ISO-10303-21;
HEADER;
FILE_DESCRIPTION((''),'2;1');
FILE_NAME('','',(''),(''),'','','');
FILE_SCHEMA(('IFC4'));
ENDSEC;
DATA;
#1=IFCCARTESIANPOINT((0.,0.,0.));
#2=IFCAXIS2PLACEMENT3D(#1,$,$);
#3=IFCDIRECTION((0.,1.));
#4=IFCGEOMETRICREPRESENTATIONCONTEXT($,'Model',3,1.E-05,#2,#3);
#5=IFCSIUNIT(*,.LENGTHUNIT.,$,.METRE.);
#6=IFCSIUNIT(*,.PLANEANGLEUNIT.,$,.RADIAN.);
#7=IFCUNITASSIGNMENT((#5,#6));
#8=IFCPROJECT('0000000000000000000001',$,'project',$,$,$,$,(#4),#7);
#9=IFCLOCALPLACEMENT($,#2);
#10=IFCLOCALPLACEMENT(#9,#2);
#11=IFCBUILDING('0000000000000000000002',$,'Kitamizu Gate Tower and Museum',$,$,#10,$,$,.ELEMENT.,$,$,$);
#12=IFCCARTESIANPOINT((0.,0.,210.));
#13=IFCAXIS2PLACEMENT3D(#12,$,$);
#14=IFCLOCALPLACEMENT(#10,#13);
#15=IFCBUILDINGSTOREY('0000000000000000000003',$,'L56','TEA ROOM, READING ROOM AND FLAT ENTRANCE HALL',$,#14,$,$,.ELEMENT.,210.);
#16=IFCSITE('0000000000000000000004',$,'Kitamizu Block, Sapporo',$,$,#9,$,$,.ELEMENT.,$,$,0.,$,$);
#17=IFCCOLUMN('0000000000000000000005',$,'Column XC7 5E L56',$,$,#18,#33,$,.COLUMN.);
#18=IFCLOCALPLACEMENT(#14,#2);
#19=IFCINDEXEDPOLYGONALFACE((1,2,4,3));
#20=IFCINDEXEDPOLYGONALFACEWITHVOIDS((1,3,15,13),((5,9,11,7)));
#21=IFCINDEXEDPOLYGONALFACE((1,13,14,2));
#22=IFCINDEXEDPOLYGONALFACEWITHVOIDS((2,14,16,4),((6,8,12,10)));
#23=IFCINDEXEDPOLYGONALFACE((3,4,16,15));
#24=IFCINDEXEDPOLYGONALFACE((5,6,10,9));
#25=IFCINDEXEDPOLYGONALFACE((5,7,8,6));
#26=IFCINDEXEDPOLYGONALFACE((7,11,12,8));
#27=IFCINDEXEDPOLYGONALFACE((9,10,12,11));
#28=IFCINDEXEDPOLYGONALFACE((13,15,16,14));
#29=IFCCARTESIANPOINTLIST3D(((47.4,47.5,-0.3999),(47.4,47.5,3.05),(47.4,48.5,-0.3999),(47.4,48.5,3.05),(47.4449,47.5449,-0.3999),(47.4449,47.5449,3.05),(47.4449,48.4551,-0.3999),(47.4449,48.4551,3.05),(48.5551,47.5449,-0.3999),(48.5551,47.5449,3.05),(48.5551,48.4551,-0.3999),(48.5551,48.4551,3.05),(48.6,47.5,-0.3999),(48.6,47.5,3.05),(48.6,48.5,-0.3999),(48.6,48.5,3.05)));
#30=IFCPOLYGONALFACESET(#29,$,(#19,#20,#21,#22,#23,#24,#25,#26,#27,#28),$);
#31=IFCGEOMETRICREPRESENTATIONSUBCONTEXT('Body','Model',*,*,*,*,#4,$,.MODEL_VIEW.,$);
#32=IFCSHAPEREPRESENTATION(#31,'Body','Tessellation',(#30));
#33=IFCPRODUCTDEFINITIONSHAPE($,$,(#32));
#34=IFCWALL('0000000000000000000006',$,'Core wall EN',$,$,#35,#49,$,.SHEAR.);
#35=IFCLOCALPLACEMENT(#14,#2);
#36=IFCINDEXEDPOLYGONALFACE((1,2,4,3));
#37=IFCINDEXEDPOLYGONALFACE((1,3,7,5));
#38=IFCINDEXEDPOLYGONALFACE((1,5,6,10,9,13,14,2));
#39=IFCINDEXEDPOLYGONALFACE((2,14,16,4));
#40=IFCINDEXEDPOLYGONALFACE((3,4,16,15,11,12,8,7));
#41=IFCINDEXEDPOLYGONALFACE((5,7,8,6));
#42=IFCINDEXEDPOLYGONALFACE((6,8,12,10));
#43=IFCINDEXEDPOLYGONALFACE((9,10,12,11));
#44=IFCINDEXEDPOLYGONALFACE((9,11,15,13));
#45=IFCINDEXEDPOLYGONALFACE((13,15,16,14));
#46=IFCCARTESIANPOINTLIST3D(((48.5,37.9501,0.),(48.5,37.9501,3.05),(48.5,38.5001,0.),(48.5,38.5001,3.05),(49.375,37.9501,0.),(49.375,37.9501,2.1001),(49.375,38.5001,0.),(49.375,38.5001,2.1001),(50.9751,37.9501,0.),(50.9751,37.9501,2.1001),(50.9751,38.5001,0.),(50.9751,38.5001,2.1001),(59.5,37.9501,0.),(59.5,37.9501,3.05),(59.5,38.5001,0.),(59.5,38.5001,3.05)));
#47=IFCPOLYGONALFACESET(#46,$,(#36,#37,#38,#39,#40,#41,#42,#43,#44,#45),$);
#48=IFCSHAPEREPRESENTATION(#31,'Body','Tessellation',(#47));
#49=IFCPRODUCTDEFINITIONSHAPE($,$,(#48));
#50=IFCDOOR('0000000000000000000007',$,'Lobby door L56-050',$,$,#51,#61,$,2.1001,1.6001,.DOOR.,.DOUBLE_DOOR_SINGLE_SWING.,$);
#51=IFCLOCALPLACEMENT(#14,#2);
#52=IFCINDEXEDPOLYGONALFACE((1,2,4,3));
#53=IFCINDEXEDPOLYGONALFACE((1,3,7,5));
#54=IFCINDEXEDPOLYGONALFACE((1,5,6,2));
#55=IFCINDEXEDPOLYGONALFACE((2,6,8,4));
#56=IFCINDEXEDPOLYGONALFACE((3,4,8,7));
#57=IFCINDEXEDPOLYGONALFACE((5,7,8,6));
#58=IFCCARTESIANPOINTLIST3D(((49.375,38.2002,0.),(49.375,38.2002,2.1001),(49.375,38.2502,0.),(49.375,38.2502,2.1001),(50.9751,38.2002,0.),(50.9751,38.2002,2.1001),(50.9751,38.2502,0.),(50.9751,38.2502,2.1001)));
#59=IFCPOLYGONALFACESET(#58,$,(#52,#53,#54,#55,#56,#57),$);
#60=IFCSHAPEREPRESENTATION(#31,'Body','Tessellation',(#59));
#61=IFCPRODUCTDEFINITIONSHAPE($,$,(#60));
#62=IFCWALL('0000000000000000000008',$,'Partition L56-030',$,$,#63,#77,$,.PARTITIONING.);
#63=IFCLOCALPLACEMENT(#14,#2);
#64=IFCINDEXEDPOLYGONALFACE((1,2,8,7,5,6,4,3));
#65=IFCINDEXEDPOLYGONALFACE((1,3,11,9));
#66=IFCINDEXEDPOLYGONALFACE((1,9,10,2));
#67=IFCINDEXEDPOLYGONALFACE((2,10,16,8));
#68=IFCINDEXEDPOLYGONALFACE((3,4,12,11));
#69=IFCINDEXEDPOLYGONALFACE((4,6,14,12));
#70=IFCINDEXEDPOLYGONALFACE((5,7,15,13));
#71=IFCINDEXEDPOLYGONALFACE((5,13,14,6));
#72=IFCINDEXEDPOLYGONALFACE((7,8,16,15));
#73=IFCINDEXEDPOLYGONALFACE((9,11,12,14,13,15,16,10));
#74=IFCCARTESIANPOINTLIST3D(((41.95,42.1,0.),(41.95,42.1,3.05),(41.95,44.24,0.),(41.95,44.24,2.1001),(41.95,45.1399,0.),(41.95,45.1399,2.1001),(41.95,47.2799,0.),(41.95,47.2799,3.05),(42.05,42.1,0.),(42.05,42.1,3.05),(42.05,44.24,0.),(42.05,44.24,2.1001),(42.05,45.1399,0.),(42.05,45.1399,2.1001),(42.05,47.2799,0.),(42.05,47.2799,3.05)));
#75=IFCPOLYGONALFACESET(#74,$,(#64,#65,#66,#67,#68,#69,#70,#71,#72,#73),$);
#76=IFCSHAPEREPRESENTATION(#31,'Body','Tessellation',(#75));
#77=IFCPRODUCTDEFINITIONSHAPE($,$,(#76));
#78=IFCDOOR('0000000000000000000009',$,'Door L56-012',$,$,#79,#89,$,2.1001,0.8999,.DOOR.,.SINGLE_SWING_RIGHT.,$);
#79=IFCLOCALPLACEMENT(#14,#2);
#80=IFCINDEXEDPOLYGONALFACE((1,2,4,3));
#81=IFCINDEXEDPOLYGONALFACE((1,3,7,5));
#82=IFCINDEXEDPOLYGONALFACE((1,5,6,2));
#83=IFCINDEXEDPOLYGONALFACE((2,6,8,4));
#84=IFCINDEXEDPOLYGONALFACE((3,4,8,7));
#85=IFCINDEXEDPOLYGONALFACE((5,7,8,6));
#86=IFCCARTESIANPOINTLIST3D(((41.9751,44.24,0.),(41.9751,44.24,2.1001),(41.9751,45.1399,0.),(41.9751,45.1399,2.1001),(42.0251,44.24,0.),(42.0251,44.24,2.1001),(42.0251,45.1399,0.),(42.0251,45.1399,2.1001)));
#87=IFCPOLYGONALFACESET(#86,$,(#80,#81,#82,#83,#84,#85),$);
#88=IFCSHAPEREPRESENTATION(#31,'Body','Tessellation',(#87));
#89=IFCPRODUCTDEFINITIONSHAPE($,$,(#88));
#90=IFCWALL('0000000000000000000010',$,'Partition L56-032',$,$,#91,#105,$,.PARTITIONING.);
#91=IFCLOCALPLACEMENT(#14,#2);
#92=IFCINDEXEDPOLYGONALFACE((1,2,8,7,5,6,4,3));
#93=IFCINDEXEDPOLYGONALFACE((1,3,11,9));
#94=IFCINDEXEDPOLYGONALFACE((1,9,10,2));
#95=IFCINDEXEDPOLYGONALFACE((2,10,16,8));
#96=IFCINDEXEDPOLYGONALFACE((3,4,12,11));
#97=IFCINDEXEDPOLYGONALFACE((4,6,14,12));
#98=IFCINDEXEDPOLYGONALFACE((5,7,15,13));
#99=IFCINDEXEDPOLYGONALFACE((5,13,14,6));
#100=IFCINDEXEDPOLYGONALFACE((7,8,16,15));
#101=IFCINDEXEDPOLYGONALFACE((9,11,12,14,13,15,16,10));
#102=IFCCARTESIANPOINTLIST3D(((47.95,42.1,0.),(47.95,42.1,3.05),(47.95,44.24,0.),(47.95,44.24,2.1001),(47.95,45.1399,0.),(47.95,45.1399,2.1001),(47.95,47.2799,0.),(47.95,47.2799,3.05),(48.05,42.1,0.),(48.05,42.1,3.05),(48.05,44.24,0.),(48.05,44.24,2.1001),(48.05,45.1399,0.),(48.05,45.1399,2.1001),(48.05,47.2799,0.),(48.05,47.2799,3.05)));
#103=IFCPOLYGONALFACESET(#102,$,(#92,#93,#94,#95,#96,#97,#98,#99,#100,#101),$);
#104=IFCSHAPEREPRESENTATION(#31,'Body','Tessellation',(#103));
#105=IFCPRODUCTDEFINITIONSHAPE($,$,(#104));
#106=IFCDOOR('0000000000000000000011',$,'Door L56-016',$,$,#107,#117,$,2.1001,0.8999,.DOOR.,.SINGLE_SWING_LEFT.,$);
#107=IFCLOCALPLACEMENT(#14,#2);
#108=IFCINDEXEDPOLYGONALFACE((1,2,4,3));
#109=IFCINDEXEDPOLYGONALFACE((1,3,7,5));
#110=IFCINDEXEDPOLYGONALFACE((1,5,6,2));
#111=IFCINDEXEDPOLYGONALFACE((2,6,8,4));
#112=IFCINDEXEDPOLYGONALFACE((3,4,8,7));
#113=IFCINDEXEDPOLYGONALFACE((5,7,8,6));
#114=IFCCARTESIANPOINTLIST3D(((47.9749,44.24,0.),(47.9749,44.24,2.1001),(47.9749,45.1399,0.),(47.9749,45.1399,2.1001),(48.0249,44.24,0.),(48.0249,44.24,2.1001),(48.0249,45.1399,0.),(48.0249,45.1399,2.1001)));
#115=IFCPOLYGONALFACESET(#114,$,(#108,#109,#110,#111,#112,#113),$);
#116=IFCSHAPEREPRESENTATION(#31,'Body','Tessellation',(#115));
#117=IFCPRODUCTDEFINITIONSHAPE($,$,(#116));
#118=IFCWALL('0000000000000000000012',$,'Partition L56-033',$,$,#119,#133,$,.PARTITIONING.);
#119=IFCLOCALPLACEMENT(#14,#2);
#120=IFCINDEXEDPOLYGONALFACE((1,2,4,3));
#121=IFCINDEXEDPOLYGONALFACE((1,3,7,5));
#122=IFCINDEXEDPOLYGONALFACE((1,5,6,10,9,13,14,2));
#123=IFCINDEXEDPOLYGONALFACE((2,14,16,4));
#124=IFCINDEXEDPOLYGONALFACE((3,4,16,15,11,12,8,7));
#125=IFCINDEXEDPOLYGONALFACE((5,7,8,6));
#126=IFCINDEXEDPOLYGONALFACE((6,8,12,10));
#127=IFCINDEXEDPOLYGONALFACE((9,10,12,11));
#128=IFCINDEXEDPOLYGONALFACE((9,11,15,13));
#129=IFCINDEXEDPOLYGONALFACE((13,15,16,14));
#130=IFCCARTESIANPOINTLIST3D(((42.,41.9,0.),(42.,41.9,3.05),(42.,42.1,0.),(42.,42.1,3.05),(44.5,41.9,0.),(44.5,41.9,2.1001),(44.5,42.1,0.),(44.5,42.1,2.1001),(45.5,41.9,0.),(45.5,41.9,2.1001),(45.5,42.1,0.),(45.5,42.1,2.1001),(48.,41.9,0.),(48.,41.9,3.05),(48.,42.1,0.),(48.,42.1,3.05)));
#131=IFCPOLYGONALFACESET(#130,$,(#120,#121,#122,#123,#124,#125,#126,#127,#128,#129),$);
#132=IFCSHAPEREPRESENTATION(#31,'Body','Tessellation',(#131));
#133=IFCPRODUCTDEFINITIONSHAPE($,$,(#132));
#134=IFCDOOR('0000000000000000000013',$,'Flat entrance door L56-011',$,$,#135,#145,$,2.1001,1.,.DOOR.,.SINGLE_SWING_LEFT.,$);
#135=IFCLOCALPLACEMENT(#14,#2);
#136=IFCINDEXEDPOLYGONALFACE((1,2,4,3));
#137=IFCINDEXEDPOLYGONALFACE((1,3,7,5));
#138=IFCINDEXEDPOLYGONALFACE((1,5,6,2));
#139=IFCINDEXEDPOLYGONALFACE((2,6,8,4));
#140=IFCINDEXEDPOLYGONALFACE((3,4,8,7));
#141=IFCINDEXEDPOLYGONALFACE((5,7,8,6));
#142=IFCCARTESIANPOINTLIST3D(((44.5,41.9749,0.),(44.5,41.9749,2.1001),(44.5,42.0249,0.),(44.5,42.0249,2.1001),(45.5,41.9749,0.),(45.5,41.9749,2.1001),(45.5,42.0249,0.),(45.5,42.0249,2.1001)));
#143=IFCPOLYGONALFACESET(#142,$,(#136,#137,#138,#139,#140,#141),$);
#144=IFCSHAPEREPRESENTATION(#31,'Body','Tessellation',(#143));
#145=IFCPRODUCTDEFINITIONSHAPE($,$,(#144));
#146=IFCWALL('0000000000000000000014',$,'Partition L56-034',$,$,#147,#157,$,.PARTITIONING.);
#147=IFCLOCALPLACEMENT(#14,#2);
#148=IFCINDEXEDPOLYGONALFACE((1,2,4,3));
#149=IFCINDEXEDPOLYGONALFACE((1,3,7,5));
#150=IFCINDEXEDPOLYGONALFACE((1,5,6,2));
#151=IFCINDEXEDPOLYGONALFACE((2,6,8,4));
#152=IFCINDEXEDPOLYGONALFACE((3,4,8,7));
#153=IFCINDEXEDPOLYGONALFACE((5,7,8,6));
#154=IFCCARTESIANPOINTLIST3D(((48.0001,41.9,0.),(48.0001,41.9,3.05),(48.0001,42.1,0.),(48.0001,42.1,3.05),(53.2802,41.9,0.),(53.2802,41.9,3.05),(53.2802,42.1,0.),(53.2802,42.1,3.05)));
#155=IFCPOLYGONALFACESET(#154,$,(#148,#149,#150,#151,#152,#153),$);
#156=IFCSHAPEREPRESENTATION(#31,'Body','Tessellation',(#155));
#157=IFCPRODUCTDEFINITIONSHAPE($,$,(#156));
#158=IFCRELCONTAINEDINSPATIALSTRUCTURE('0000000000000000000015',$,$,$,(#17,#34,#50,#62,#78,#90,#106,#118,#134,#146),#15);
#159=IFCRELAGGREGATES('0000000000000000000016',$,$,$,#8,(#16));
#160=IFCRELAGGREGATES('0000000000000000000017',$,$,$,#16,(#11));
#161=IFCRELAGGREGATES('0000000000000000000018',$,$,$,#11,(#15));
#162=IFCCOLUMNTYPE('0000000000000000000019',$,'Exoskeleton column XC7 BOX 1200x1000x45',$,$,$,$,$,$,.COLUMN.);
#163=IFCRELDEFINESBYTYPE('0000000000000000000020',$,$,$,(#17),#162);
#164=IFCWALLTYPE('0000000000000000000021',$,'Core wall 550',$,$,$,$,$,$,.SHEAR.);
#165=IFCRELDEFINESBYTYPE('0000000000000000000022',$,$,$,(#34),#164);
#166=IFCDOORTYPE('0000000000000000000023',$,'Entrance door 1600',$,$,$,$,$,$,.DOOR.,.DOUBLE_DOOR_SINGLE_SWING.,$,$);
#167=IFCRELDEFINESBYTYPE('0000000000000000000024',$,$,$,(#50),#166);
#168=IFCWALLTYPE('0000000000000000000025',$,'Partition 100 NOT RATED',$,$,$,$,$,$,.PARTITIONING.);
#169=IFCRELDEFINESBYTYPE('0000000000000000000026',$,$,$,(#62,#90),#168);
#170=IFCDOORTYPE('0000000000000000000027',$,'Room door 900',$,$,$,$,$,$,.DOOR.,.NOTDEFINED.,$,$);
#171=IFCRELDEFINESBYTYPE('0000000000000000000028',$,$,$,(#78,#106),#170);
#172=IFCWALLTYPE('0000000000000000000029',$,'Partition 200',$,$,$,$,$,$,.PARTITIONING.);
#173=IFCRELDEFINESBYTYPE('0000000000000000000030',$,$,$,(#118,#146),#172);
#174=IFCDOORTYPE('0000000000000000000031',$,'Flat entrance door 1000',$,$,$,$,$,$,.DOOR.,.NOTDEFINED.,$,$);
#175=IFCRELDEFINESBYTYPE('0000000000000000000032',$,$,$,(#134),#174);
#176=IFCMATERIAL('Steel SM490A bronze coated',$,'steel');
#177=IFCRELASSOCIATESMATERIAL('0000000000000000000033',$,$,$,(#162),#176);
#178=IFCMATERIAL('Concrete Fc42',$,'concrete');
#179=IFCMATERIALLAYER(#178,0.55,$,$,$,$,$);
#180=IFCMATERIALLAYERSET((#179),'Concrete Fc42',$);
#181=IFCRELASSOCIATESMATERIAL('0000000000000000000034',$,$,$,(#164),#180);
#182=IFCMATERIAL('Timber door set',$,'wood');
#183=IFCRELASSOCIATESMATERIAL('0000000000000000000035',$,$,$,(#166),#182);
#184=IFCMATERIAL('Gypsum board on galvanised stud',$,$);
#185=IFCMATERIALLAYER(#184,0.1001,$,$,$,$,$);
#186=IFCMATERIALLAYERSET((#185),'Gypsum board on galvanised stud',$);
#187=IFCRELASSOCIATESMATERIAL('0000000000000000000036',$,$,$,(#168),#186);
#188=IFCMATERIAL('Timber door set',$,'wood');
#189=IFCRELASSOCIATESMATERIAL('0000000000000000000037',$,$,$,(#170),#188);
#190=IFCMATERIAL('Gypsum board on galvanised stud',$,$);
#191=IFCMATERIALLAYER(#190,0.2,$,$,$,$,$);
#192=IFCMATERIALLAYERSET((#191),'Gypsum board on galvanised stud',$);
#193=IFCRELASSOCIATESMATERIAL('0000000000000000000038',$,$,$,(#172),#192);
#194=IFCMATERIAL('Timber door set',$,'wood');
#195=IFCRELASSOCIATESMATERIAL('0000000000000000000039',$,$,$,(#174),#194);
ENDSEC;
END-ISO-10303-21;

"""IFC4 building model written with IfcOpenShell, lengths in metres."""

from ifc_helpers import new_model, si_unit, direction, frame, frame_2d, origin, origin_2d, place, context, subcontext, project, spatial, rectangle, hollow_rectangle, extrude, material, layer, layer_set, material_profile, profile_set, type_object, element, fill, save


model = new_model("IFC4")

# Units and contexts
model_context = context("Model", 3, precision=1e-05, world=origin(), true_north=direction((0.0, 1.0)))
body_context = subcontext(model_context, "Body", "Model", "MODEL_VIEW")
ifc_project = project(units=[si_unit("LENGTHUNIT", "METRE"), si_unit("PLANEANGLEUNIT", "RADIAN")], contexts=[model_context])

# Site, building, storey
site_placement = place(None, origin())
site = spatial("IfcSite", under=ifc_project, at=site_placement, Name="Kitamizu Block, Sapporo", CompositionType="ELEMENT", RefElevation=0.0)
building_placement = place(site_placement, origin())
building = spatial("IfcBuilding", under=site, at=building_placement, Name="Kitamizu Gate Tower and Museum", CompositionType="ELEMENT")
storey_placement = place(building_placement, frame((0.0, 0.0, 210.0)))
storey = spatial("IfcBuildingStorey", under=building, at=storey_placement, Name="L56", Description="TEA ROOM, READING ROOM AND FLAT ENTRANCE HALL", CompositionType="ELEMENT", Elevation=210.0)

# Column
ifc_material_1 = material(Name="Steel SM490A bronze coated", Category="steel")
ifc_material_profile = material_profile(ifc_material_1, hollow_rectangle(XDim=1.2, YDim=1.0, WallThickness=0.0449, at=origin_2d()), Name="BOX 1200x1000x45")
ifc_profile_set = profile_set([ifc_material_profile], Name="Steel SM490A bronze coated")
column_type = type_object("IfcColumnType", Name="Exoskeleton column XC7 BOX 1200x1000x45", PredefinedType="COLUMN", material=ifc_profile_set)
column_placement = place(storey_placement, frame((48.0, 48.0, -0.3999), z_axis=(0.0, 0.0, 1.0), x_axis=(1.0, 0.0, 0.0)))
element("IfcColumn", 1, at=column_placement, inside=storey, type_object=column_type, Name="Column XC7 5E L56", PredefinedType="COLUMN", context=body_context, shape_type="SweptSolid", body=[
    extrude(hollow_rectangle(XDim=1.2, YDim=1.0, WallThickness=0.0449, at=origin_2d()), origin(), (0.0, 0.0, 1.0), 3.45),
])

# Walls, openings, doors
ifc_material_2 = material(Name="Concrete Fc42", Category="concrete")
ifc_layer_1 = layer(ifc_material_2, 0.55)
ifc_layer_set_1 = layer_set([ifc_layer_1], Name="Concrete Fc42")
wall_type_1 = type_object("IfcWallType", Name="Core wall 550", PredefinedType="SHEAR", material=ifc_layer_set_1)
wall_1_placement = place(storey_placement, frame((59.5, 38.2251, 0.0), z_axis=(0.0, 0.0, 1.0), x_axis=(-1.0, 0.0, 0.0)))
wall_1 = element("IfcWall", 2, at=wall_1_placement, inside=storey, type_object=wall_type_1, Name="Core wall EN", PredefinedType="SHEAR", context=body_context, shape_type="SweptSolid", body=[
    extrude(rectangle(XDim=11.0, YDim=0.55, at=frame_2d((5.5, 0.0))), origin(), (0.0, 0.0, 1.0), 3.05),
])
opening_1_placement = place(wall_1_placement, frame((8.5249, 0.0, 0.0)))
opening_1 = element("IfcOpeningElement", 3, at=opening_1_placement, cuts=wall_1, PredefinedType="OPENING", context=body_context, shape_type="SweptSolid", body=[
    extrude(rectangle(XDim=1.6001, YDim=2.1001, at=frame_2d((0.8, 1.05))), frame((0.0, 0.2852, 0.0), z_axis=(0.0, -1.0, 0.0), x_axis=(1.0, 0.0, 0.0)), (0.0, 0.0, 1.0), 0.5701),
])
ifc_material_3 = material(Name="Timber door set", Category="wood")
door_type_1 = type_object("IfcDoorType", Name="Entrance door 1600", OperationType="DOUBLE_DOOR_SINGLE_SWING", PredefinedType="DOOR", material=ifc_material_3)
door_1_placement = place(opening_1_placement, origin())
door_1 = element("IfcDoor", 4, at=door_1_placement, inside=storey, type_object=door_type_1, Name="Lobby door L56-050", OperationType="DOUBLE_DOOR_SINGLE_SWING", OverallHeight=2.1001, OverallWidth=1.6001, PredefinedType="DOOR", context=body_context, shape_type="SweptSolid", body=[
    extrude(rectangle(XDim=1.6001, YDim=2.1001, at=frame_2d((0.8, 1.05))), frame((0.0, 0.0249, 0.0), z_axis=(0.0, -1.0, 0.0), x_axis=(1.0, 0.0, 0.0)), (0.0, 0.0, 1.0), 0.05),
])
fill(opening_1, door_1)
ifc_material_4 = material(Name="Gypsum board on galvanised stud")
ifc_layer_2 = layer(ifc_material_4, 0.1001)
ifc_layer_set_2 = layer_set([ifc_layer_2], Name="Gypsum board on galvanised stud")
wall_type_2 = type_object("IfcWallType", Name="Partition 100 NOT RATED", PredefinedType="PARTITIONING", material=ifc_layer_set_2)
wall_2_placement = place(storey_placement, frame((42.0, 42.1001, 0.0), z_axis=(0.0, 0.0, 1.0), x_axis=(0.0, 1.0, 0.0)))
wall_2 = element("IfcWall", 5, at=wall_2_placement, inside=storey, type_object=wall_type_2, Name="Partition L56-030", PredefinedType="PARTITIONING", context=body_context, shape_type="SweptSolid", body=[
    extrude(rectangle(XDim=5.1799, YDim=0.1001, at=frame_2d((2.5898, 0.0))), origin(), (0.0, 0.0, 1.0), 3.05),
])
opening_2_placement = place(wall_2_placement, frame((2.1399, 0.0, 0.0)))
opening_2 = element("IfcOpeningElement", 6, at=opening_2_placement, cuts=wall_2, PredefinedType="OPENING", context=body_context, shape_type="SweptSolid", body=[
    extrude(rectangle(XDim=0.8999, YDim=2.1001, at=frame_2d((0.45, 1.05))), frame((0.0, 0.0601, 0.0), z_axis=(0.0, -1.0, 0.0), x_axis=(1.0, 0.0, 0.0)), (0.0, 0.0, 1.0), 0.1201),
])
ifc_material_5 = material(Name="Timber door set", Category="wood")
door_type_2 = type_object("IfcDoorType", Name="Room door 900", OperationType="NOTDEFINED", PredefinedType="DOOR", material=ifc_material_5)
door_2_placement = place(opening_2_placement, origin())
door_2 = element("IfcDoor", 7, at=door_2_placement, inside=storey, type_object=door_type_2, Name="Door L56-012", OperationType="SINGLE_SWING_RIGHT", OverallHeight=2.1001, OverallWidth=0.8999, PredefinedType="DOOR", context=body_context, shape_type="SweptSolid", body=[
    extrude(rectangle(XDim=0.8999, YDim=2.1001, at=frame_2d((0.45, 1.05))), frame((0.0, 0.0249, 0.0), z_axis=(0.0, -1.0, 0.0), x_axis=(1.0, 0.0, 0.0)), (0.0, 0.0, 1.0), 0.05),
])
fill(opening_2, door_2)
wall_3_placement = place(storey_placement, frame((48.0, 42.1001, 0.0), z_axis=(0.0, 0.0, 1.0), x_axis=(0.0, 1.0, 0.0)))
wall_3 = element("IfcWall", 8, at=wall_3_placement, inside=storey, type_object=wall_type_2, Name="Partition L56-032", PredefinedType="PARTITIONING", context=body_context, shape_type="SweptSolid", body=[
    extrude(rectangle(XDim=5.1799, YDim=0.1001, at=frame_2d((2.5898, 0.0))), origin(), (0.0, 0.0, 1.0), 3.05),
])
opening_3_placement = place(wall_3_placement, frame((2.1399, 0.0, 0.0)))
opening_3 = element("IfcOpeningElement", 9, at=opening_3_placement, cuts=wall_3, PredefinedType="OPENING", context=body_context, shape_type="SweptSolid", body=[
    extrude(rectangle(XDim=0.8999, YDim=2.1001, at=frame_2d((0.45, 1.05))), frame((0.0, 0.0601, 0.0), z_axis=(0.0, -1.0, 0.0), x_axis=(1.0, 0.0, 0.0)), (0.0, 0.0, 1.0), 0.1201),
])
door_3_placement = place(opening_3_placement, frame((0.8999, 0.0, 0.0), x_axis=(-1.0, 0.0, 0.0)))
door_3 = element("IfcDoor", 10, at=door_3_placement, inside=storey, type_object=door_type_2, Name="Door L56-016", OperationType="SINGLE_SWING_LEFT", OverallHeight=2.1001, OverallWidth=0.8999, PredefinedType="DOOR", context=body_context, shape_type="SweptSolid", body=[
    extrude(rectangle(XDim=0.8999, YDim=2.1001, at=frame_2d((0.45, 1.05))), frame((0.0, 0.0249, 0.0), z_axis=(0.0, -1.0, 0.0), x_axis=(1.0, 0.0, 0.0)), (0.0, 0.0, 1.0), 0.05),
])
fill(opening_3, door_3)
ifc_material_6 = material(Name="Gypsum board on galvanised stud")
ifc_layer_3 = layer(ifc_material_6, 0.2)
ifc_layer_set_3 = layer_set([ifc_layer_3], Name="Gypsum board on galvanised stud")
wall_type_3 = type_object("IfcWallType", Name="Partition 200", PredefinedType="PARTITIONING", material=ifc_layer_set_3)
wall_4_placement = place(storey_placement, frame((42.0, 42.0, 0.0), z_axis=(0.0, 0.0, 1.0), x_axis=(1.0, 0.0, 0.0)))
wall_4 = element("IfcWall", 11, at=wall_4_placement, inside=storey, type_object=wall_type_3, Name="Partition L56-033", PredefinedType="PARTITIONING", context=body_context, shape_type="SweptSolid", body=[
    extrude(rectangle(XDim=6.0, YDim=0.2, at=frame_2d((3.0, 0.0))), origin(), (0.0, 0.0, 1.0), 3.05),
])
opening_4_placement = place(wall_4_placement, frame((2.5, 0.0, 0.0)))
opening_4 = element("IfcOpeningElement", 12, at=opening_4_placement, cuts=wall_4, PredefinedType="OPENING", context=body_context, shape_type="SweptSolid", body=[
    extrude(rectangle(XDim=1.0, YDim=2.1001, at=frame_2d((0.5, 1.05))), frame((0.0, 0.1099, 0.0), z_axis=(0.0, -1.0, 0.0), x_axis=(1.0, 0.0, 0.0)), (0.0, 0.0, 1.0), 0.22),
])
ifc_material_7 = material(Name="Timber door set", Category="wood")
door_type_3 = type_object("IfcDoorType", Name="Flat entrance door 1000", OperationType="NOTDEFINED", PredefinedType="DOOR", material=ifc_material_7)
door_4_placement = place(opening_4_placement, origin())
door_4 = element("IfcDoor", 13, at=door_4_placement, inside=storey, type_object=door_type_3, Name="Flat entrance door L56-011", OperationType="SINGLE_SWING_LEFT", OverallHeight=2.1001, OverallWidth=1.0, PredefinedType="DOOR", context=body_context, shape_type="SweptSolid", body=[
    extrude(rectangle(XDim=1.0, YDim=2.1001, at=frame_2d((0.5, 1.05))), frame((0.0, 0.0249, 0.0), z_axis=(0.0, -1.0, 0.0), x_axis=(1.0, 0.0, 0.0)), (0.0, 0.0, 1.0), 0.05),
])
fill(opening_4, door_4)

# Wall
wall_5_placement = place(storey_placement, frame((48.0, 42.0, 0.0), z_axis=(0.0, 0.0, 1.0), x_axis=(1.0, 0.0, 0.0)))
element("IfcWall", 14, at=wall_5_placement, inside=storey, type_object=wall_type_3, Name="Partition L56-034", PredefinedType="PARTITIONING", context=body_context, shape_type="SweptSolid", body=[
    extrude(rectangle(XDim=5.28, YDim=0.2, at=frame_2d((2.6401, 0.0))), origin(), (0.0, 0.0, 1.0), 3.05),
])

save(model, "model.ifc")
